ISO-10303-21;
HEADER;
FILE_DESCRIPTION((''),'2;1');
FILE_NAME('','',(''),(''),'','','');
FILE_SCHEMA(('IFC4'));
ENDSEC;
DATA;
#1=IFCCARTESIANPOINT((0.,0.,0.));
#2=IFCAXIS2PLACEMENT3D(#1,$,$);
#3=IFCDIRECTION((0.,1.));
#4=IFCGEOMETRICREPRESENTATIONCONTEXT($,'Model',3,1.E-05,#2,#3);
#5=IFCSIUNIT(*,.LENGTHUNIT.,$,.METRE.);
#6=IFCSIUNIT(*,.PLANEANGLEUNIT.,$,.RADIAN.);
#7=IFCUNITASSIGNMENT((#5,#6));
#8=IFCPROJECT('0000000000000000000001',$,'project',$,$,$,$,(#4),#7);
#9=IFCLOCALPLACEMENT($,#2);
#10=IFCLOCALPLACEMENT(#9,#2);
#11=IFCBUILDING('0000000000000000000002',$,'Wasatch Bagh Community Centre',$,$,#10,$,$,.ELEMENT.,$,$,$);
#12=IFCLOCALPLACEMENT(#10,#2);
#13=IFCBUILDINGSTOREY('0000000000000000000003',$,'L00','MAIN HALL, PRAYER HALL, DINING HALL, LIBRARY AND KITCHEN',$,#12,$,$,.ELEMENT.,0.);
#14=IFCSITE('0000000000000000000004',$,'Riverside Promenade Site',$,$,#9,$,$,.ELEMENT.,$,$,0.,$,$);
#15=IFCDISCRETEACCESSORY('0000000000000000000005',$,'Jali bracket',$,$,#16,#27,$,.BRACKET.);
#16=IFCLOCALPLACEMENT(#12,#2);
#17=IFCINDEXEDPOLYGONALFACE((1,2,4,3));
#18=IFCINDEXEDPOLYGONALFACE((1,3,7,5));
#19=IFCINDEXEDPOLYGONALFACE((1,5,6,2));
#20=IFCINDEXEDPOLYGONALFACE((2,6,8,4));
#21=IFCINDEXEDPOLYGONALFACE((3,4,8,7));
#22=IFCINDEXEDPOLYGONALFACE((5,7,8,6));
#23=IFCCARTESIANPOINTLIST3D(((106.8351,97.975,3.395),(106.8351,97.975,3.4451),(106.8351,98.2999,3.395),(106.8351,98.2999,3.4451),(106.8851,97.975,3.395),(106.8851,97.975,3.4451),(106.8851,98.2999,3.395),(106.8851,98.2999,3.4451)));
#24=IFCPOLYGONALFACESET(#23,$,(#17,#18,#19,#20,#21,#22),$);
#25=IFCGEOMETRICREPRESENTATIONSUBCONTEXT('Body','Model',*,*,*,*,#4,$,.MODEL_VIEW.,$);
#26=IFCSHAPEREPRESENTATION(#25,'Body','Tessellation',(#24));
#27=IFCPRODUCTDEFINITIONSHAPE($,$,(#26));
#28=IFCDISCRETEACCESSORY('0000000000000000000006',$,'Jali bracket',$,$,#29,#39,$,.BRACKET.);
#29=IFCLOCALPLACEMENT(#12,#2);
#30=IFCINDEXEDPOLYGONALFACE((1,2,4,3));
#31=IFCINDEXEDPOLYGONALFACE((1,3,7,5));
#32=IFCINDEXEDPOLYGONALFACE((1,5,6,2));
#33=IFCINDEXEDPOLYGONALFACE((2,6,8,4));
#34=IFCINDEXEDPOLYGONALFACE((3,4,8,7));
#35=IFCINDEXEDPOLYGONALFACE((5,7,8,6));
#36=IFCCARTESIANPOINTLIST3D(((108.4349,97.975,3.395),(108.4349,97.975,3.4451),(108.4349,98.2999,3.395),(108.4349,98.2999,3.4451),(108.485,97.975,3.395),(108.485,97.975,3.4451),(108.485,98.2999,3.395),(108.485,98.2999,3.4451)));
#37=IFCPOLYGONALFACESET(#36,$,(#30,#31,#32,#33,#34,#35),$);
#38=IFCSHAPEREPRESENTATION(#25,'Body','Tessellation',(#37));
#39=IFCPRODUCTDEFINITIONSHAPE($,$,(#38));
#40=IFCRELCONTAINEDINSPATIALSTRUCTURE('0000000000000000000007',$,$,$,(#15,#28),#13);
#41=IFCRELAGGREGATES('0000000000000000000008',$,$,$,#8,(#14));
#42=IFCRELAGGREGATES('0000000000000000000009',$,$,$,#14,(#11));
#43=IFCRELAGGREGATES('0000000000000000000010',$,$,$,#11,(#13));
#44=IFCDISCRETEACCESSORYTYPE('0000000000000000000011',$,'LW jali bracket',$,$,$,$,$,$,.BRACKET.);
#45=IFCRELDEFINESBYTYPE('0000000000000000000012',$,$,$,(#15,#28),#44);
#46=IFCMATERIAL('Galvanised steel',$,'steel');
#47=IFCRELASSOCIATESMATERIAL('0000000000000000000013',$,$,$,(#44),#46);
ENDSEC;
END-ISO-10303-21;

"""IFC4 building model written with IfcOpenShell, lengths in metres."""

from ifc_helpers import new_model, si_unit, direction, frame, origin, origin_2d, place, context, subcontext, project, spatial, rectangle, extrude, material, type_object, element, save


model = new_model("IFC4")

# Units and contexts
model_context = context("Model", 3, precision=1e-05, world=origin(), true_north=direction((0.0, 1.0)))
body_context = subcontext(model_context, "Body", "Model", "MODEL_VIEW")
ifc_project = project(units=[si_unit("LENGTHUNIT", "METRE"), si_unit("PLANEANGLEUNIT", "RADIAN")], contexts=[model_context])

# Site, building, storey
site_placement = place(None, origin())
site = spatial("IfcSite", under=ifc_project, at=site_placement, Name="Riverside Promenade Site", CompositionType="ELEMENT", RefElevation=0.0)
building_placement = place(site_placement, origin())
building = spatial("IfcBuilding", under=site, at=building_placement, Name="Wasatch Bagh Community Centre", CompositionType="ELEMENT")
storey_placement = place(building_placement, origin())
storey = spatial("IfcBuildingStorey", under=building, at=storey_placement, Name="L00", Description="MAIN HALL, PRAYER HALL, DINING HALL, LIBRARY AND KITCHEN", CompositionType="ELEMENT", Elevation=0.0)

# Discrete accessories
ifc_material_1 = material(Name="Galvanised steel", Category="steel")
discrete_accessory_type = type_object("IfcDiscreteAccessoryType", Name="LW jali bracket", PredefinedType="BRACKET", material=ifc_material_1)
for number, where, z_axis, x_axis, name in (
    (1, (106.8601, 98.1375, 3.395), (0.0, 0.0, 1.0), (1.0, 0.0, 0.0), "Jali bracket"),
    (2, (108.46, 98.1375, 3.395), (0.0, 0.0, 1.0), (1.0, 0.0, 0.0), "Jali bracket"),
):
    element("IfcDiscreteAccessory", number, at=place(storey_placement, frame(where, z_axis=z_axis, x_axis=x_axis)), inside=storey, type_object=discrete_accessory_type, Name=name, PredefinedType="BRACKET", context=body_context, shape_type="SweptSolid", body=[
        extrude(rectangle(XDim=0.05, YDim=0.325, at=origin_2d()), origin(), (0.0, 0.0, 1.0), 0.05),
    ])

save(model, "model.ifc")
